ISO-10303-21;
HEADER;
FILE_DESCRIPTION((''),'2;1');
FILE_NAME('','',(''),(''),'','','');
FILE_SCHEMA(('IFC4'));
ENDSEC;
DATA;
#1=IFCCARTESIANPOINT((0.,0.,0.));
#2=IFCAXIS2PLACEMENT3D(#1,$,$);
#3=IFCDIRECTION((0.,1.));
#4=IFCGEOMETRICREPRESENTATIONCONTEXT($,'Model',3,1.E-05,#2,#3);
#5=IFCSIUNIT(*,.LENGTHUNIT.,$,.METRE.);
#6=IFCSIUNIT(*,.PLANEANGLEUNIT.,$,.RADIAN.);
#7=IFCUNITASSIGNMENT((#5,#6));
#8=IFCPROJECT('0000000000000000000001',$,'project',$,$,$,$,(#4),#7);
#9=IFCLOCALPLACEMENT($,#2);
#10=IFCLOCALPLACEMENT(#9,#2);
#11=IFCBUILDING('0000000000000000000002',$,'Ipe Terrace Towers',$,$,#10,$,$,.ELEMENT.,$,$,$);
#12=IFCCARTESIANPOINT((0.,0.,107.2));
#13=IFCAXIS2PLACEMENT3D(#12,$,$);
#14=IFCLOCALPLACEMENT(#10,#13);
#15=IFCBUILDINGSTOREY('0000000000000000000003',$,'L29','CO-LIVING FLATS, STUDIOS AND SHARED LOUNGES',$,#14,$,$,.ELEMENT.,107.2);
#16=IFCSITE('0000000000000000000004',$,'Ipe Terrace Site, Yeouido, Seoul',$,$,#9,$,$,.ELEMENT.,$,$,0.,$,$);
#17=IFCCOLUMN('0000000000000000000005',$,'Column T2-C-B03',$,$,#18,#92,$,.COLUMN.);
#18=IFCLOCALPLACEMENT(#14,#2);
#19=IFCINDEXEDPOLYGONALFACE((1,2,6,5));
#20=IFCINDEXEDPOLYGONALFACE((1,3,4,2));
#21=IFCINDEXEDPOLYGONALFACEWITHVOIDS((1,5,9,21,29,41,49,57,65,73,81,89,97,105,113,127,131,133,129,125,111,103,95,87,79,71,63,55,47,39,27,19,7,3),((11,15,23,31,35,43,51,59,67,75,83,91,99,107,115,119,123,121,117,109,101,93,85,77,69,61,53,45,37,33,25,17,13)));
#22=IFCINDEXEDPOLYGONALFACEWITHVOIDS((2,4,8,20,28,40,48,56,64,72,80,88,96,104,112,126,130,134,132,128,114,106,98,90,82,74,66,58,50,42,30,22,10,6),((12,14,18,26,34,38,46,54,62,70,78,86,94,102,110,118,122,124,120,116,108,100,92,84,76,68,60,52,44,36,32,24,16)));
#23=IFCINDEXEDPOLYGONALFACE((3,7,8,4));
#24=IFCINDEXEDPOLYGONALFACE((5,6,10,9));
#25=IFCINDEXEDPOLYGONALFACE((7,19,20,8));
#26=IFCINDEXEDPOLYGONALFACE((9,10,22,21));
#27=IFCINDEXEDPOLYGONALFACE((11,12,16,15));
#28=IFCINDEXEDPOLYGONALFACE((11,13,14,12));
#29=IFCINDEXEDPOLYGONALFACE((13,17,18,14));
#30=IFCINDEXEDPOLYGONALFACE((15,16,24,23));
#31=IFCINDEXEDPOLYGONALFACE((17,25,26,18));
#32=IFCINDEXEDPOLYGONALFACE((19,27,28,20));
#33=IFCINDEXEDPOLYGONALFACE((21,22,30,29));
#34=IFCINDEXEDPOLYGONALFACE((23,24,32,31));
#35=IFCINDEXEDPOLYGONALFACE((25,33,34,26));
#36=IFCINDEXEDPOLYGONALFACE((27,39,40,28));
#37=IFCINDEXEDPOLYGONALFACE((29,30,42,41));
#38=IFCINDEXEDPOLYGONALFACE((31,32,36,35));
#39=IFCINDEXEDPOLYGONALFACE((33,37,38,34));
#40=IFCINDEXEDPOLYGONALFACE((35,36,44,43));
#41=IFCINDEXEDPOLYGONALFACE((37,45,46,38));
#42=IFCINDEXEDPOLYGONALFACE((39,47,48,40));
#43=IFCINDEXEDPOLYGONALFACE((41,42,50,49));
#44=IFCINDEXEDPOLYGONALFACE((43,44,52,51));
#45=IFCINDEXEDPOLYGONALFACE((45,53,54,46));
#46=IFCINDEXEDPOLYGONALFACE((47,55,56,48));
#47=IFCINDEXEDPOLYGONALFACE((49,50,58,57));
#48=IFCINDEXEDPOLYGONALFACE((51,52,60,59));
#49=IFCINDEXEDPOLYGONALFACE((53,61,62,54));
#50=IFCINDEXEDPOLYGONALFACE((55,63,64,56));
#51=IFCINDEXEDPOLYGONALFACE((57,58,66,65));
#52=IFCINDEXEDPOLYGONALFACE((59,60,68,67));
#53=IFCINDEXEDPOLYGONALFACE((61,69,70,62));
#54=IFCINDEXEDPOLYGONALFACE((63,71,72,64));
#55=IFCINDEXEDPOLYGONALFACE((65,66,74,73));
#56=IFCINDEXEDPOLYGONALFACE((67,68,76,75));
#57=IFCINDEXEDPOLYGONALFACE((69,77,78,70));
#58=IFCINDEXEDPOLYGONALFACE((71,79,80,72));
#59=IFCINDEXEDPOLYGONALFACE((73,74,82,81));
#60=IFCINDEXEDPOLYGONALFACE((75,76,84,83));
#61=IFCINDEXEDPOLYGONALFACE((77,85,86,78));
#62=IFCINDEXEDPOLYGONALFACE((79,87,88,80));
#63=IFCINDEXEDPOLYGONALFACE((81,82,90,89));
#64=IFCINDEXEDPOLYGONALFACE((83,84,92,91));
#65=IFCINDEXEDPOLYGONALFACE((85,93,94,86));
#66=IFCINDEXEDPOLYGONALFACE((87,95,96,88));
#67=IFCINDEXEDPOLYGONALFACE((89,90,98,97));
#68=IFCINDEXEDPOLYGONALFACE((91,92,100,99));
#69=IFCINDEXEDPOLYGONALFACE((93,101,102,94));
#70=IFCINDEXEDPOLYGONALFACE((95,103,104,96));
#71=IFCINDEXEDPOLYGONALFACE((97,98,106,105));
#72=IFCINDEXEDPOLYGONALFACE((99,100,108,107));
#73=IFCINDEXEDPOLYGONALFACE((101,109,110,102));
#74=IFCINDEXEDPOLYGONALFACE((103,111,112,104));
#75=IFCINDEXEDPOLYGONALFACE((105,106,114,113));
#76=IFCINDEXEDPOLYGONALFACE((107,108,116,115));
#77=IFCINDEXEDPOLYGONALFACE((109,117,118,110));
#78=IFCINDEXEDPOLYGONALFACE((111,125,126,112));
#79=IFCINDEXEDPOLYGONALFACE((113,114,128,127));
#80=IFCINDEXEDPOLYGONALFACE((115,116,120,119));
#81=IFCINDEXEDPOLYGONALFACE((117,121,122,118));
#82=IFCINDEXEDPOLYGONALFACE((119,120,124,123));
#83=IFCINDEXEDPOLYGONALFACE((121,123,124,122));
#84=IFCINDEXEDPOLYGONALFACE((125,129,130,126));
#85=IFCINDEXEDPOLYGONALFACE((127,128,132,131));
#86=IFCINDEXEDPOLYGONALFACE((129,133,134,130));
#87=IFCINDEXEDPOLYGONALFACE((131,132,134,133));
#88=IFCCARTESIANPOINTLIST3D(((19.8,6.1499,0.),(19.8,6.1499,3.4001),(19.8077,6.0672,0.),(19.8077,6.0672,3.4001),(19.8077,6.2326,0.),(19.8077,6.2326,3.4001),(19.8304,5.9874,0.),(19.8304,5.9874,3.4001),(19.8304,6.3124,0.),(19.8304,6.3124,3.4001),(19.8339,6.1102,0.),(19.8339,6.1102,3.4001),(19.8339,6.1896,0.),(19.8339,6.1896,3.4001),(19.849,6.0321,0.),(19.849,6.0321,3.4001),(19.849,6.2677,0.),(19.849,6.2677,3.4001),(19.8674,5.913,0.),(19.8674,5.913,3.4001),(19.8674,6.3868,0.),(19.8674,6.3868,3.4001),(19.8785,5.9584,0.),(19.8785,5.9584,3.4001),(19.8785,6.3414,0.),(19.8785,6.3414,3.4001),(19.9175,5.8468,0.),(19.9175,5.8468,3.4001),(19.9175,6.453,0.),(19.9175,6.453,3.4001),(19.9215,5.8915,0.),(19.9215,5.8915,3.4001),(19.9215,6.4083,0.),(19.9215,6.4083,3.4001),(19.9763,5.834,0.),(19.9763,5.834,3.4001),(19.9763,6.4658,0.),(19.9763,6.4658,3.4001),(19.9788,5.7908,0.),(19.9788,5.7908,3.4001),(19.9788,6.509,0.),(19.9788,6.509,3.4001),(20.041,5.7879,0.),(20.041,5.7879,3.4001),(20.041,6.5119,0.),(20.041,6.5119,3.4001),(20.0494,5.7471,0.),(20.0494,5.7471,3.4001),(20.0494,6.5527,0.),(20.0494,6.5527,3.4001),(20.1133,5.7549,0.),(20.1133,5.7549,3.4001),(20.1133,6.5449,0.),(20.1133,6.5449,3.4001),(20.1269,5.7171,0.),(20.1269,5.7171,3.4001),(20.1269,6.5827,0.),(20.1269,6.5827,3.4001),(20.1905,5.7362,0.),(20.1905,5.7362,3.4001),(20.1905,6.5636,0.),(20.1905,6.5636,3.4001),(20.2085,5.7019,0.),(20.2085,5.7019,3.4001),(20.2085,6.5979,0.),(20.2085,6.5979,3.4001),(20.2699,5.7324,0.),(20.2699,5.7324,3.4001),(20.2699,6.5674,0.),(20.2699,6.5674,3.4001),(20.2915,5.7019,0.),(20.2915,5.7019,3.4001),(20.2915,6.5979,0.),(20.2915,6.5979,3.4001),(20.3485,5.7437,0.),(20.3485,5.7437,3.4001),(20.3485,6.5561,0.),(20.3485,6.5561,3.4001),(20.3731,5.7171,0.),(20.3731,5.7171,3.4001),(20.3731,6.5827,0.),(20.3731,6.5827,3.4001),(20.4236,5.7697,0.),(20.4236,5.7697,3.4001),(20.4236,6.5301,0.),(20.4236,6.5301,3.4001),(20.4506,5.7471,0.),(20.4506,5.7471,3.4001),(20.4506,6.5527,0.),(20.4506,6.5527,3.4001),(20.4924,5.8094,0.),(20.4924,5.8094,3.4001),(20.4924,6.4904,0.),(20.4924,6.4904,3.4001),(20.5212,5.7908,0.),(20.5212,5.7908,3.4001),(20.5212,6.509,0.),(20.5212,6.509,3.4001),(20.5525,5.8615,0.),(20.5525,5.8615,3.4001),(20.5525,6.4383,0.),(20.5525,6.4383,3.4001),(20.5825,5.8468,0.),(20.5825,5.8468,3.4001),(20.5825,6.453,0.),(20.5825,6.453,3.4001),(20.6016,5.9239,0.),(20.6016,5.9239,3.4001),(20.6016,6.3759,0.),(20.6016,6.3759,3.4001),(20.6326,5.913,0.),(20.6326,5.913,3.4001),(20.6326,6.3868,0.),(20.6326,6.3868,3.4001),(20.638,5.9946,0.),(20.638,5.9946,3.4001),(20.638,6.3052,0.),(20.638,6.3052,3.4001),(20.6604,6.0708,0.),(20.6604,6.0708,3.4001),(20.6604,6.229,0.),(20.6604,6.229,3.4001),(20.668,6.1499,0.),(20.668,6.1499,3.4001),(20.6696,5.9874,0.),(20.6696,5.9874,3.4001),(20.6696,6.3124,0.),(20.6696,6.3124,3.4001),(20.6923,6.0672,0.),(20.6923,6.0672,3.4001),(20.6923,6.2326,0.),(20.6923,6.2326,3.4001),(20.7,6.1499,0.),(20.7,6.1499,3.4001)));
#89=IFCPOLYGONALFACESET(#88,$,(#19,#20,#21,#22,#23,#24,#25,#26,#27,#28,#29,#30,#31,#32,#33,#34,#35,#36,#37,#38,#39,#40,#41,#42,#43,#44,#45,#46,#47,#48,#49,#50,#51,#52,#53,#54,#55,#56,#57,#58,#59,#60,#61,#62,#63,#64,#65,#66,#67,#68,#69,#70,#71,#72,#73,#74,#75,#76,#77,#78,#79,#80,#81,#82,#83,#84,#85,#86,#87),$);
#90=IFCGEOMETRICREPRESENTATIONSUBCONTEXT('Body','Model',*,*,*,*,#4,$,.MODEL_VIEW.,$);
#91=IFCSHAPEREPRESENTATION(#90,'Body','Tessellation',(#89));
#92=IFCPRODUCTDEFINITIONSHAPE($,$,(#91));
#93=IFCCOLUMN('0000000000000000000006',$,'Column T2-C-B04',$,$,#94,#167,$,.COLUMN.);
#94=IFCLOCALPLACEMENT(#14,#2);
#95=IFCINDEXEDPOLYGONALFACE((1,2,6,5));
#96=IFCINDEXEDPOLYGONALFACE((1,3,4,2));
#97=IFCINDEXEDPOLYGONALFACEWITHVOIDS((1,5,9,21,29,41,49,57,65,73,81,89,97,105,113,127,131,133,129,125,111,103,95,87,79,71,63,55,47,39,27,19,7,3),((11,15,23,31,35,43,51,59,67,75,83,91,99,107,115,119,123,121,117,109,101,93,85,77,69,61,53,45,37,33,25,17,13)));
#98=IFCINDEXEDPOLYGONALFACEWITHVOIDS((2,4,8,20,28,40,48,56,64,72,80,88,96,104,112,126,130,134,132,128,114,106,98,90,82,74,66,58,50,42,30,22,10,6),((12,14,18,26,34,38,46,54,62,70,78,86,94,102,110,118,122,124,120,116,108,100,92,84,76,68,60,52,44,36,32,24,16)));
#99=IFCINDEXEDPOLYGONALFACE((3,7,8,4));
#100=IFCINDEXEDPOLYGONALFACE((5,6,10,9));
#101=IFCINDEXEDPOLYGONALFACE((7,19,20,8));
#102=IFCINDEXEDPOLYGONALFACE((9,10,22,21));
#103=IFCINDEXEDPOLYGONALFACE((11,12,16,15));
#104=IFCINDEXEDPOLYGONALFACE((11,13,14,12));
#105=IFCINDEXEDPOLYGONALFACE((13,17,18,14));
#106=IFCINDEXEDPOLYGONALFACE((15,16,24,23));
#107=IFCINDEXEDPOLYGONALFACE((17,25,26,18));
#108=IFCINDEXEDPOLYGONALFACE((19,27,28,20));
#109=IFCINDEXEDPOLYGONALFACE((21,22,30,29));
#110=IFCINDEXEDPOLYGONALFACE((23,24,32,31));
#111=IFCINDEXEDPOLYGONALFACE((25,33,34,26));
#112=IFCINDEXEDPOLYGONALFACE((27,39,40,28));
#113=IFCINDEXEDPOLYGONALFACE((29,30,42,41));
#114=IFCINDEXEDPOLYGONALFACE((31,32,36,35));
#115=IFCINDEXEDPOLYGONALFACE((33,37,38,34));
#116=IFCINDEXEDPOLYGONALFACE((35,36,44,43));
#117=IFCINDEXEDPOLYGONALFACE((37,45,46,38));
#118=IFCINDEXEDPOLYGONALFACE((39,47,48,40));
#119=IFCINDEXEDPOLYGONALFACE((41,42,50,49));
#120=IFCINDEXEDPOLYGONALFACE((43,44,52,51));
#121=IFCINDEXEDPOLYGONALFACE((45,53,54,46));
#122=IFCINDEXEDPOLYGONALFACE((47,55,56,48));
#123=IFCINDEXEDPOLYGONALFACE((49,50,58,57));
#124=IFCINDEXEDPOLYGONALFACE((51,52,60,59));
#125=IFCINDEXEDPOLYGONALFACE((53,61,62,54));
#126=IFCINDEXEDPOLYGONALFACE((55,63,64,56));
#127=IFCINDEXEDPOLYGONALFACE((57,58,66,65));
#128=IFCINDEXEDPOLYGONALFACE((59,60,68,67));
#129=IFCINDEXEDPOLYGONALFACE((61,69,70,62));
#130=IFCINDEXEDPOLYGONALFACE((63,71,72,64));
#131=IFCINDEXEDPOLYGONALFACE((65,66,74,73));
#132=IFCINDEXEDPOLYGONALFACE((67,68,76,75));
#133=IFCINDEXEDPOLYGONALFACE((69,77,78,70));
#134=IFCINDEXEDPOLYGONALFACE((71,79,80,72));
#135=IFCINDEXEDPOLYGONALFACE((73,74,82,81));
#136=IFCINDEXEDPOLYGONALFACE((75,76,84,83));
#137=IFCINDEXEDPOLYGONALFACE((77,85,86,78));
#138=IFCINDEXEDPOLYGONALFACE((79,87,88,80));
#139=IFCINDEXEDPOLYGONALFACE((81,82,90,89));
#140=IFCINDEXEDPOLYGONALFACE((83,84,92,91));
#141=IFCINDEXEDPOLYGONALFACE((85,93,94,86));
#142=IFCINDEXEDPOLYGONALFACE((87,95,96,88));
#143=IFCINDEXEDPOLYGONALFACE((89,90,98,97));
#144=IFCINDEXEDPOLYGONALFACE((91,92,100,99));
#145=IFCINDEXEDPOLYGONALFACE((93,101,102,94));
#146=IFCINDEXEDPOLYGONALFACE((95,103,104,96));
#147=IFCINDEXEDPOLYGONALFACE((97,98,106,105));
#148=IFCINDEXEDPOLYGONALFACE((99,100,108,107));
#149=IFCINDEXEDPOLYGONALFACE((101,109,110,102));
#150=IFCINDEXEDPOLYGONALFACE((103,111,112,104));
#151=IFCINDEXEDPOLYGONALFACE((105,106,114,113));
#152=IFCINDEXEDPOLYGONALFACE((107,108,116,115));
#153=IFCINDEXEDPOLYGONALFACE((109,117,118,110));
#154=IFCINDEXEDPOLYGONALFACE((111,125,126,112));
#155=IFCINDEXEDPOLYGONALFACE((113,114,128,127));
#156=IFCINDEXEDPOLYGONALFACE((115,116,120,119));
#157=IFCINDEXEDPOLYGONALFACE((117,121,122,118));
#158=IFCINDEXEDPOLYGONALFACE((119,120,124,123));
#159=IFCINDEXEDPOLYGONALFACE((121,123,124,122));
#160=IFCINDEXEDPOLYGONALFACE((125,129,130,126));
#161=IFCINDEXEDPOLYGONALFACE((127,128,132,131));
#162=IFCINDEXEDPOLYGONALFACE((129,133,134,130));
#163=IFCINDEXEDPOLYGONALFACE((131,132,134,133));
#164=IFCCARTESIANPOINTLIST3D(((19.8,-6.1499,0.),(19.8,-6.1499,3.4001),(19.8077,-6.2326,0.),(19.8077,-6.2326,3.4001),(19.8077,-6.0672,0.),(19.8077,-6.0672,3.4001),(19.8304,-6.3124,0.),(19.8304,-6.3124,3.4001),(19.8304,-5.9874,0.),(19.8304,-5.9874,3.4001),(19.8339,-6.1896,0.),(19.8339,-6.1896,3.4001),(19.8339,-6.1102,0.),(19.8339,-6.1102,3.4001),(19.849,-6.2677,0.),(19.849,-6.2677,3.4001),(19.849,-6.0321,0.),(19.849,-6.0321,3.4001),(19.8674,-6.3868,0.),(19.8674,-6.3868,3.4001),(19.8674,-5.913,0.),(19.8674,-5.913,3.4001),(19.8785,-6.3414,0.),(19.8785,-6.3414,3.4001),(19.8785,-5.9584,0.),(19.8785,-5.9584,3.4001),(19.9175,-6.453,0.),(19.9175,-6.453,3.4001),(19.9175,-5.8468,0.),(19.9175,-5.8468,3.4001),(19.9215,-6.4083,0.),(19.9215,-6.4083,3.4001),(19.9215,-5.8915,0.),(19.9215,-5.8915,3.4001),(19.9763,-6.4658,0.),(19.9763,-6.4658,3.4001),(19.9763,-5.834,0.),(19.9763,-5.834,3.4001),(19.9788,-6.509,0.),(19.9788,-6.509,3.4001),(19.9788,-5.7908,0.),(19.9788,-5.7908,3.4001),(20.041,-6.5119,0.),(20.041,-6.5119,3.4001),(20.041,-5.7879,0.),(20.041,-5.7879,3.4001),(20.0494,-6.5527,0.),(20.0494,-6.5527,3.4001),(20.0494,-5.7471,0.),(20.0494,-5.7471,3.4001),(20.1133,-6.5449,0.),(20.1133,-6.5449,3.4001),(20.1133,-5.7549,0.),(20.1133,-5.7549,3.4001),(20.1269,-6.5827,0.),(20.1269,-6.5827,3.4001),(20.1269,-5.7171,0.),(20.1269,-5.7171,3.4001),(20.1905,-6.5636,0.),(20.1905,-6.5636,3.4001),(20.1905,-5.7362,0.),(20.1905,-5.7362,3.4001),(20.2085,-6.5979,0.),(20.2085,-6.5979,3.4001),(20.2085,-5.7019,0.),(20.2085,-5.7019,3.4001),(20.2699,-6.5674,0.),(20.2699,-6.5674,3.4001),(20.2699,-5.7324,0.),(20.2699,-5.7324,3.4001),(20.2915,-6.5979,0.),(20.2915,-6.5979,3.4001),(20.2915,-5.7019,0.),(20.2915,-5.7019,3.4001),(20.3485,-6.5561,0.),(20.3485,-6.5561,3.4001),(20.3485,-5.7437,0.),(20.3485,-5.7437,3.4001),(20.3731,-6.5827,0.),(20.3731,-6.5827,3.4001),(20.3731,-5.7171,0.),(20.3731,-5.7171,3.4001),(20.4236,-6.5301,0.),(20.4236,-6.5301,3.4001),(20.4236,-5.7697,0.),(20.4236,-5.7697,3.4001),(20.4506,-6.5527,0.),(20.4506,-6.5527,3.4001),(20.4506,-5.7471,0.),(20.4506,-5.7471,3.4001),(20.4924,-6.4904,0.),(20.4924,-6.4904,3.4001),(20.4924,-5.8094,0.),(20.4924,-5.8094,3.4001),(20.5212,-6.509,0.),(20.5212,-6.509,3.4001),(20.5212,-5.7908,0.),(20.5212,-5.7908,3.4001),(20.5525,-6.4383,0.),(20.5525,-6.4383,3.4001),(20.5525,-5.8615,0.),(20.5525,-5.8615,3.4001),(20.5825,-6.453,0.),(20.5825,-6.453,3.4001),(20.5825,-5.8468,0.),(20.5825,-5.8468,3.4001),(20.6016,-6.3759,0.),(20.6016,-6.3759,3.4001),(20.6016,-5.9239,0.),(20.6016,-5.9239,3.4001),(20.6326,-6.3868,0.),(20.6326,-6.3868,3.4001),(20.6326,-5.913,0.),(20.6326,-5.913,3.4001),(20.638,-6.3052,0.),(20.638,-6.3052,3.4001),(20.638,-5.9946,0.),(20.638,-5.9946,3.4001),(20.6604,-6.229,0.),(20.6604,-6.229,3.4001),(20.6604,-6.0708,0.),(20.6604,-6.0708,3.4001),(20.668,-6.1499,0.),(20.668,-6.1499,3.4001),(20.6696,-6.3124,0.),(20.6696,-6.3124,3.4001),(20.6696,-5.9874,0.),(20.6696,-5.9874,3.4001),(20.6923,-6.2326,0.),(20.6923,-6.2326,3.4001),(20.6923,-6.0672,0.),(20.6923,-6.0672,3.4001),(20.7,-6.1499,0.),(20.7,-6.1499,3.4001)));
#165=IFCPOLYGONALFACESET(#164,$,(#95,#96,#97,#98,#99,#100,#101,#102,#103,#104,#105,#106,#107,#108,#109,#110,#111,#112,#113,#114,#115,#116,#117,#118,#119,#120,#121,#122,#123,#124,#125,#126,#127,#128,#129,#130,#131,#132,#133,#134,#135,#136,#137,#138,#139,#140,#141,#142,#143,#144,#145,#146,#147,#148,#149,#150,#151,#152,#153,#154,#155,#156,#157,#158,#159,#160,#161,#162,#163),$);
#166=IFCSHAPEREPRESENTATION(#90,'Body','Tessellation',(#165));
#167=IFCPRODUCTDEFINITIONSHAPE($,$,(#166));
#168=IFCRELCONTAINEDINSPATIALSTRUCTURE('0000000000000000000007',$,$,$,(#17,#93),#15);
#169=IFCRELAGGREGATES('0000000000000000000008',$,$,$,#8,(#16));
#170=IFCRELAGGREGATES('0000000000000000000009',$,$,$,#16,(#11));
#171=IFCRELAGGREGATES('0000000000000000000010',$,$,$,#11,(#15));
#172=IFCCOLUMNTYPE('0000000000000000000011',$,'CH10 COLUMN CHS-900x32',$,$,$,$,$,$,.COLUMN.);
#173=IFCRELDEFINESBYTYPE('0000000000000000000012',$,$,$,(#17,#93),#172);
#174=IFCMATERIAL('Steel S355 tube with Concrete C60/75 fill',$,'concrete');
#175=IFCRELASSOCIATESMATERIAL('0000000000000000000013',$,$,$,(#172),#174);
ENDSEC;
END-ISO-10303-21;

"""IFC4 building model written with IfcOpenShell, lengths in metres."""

from ifc_helpers import new_model, si_unit, direction, frame, origin, origin_2d, place, context, subcontext, project, spatial, hollow_circle, extrude, material, material_profile, profile_set, type_object, element, save


model = new_model("IFC4")

# Units and contexts
model_context = context("Model", 3, precision=1e-05, world=origin(), true_north=direction((0.0, 1.0)))
body_context = subcontext(model_context, "Body", "Model", "MODEL_VIEW")
ifc_project = project(units=[si_unit("LENGTHUNIT", "METRE"), si_unit("PLANEANGLEUNIT", "RADIAN")], contexts=[model_context])

# Site, building, storey
site_placement = place(None, origin())
site = spatial("IfcSite", under=ifc_project, at=site_placement, Name="Ipe Terrace Site, Yeouido, Seoul", CompositionType="ELEMENT", RefElevation=0.0)
building_placement = place(site_placement, origin())
building = spatial("IfcBuilding", under=site, at=building_placement, Name="Ipe Terrace Towers", CompositionType="ELEMENT")
storey_placement = place(building_placement, frame((0.0, 0.0, 107.2)))
storey = spatial("IfcBuildingStorey", under=building, at=storey_placement, Name="L29", Description="CO-LIVING FLATS, STUDIOS AND SHARED LOUNGES", CompositionType="ELEMENT", Elevation=107.2)

# Columns
ifc_material_1 = material(Name="Steel S355 tube with Concrete C60/75 fill", Category="concrete")
ifc_material_profile_1 = material_profile(ifc_material_1, hollow_circle(Radius=0.45, WallThickness=0.032, at=origin_2d()), Name="CHS-900x32")
ifc_profile_set_1 = profile_set([ifc_material_profile_1], Name="Steel S355 tube with Concrete C60/75 fill")
column_type = type_object("IfcColumnType", Name="CH10 COLUMN CHS-900x32", PredefinedType="COLUMN", material=ifc_profile_set_1)
for number, where, z_axis, x_axis, name in (
    (1, (20.25, 6.1499, 0.0), (0.0, 0.0, 1.0), (1.0, 0.0, 0.0), "Column T2-C-B03"),
    (2, (20.25, -6.1499, 0.0), (0.0, 0.0, 1.0), (1.0, 0.0, 0.0), "Column T2-C-B04"),
):
    element("IfcColumn", number, at=place(storey_placement, frame(where, z_axis=z_axis, x_axis=x_axis)), inside=storey, type_object=column_type, Name=name, PredefinedType="COLUMN", context=body_context, shape_type="SweptSolid", body=[
        extrude(hollow_circle(Radius=0.45, WallThickness=0.032, at=origin_2d()), origin(), (0.0, 0.0, 1.0), 3.4001),
    ])

save(model, "model.ifc")
